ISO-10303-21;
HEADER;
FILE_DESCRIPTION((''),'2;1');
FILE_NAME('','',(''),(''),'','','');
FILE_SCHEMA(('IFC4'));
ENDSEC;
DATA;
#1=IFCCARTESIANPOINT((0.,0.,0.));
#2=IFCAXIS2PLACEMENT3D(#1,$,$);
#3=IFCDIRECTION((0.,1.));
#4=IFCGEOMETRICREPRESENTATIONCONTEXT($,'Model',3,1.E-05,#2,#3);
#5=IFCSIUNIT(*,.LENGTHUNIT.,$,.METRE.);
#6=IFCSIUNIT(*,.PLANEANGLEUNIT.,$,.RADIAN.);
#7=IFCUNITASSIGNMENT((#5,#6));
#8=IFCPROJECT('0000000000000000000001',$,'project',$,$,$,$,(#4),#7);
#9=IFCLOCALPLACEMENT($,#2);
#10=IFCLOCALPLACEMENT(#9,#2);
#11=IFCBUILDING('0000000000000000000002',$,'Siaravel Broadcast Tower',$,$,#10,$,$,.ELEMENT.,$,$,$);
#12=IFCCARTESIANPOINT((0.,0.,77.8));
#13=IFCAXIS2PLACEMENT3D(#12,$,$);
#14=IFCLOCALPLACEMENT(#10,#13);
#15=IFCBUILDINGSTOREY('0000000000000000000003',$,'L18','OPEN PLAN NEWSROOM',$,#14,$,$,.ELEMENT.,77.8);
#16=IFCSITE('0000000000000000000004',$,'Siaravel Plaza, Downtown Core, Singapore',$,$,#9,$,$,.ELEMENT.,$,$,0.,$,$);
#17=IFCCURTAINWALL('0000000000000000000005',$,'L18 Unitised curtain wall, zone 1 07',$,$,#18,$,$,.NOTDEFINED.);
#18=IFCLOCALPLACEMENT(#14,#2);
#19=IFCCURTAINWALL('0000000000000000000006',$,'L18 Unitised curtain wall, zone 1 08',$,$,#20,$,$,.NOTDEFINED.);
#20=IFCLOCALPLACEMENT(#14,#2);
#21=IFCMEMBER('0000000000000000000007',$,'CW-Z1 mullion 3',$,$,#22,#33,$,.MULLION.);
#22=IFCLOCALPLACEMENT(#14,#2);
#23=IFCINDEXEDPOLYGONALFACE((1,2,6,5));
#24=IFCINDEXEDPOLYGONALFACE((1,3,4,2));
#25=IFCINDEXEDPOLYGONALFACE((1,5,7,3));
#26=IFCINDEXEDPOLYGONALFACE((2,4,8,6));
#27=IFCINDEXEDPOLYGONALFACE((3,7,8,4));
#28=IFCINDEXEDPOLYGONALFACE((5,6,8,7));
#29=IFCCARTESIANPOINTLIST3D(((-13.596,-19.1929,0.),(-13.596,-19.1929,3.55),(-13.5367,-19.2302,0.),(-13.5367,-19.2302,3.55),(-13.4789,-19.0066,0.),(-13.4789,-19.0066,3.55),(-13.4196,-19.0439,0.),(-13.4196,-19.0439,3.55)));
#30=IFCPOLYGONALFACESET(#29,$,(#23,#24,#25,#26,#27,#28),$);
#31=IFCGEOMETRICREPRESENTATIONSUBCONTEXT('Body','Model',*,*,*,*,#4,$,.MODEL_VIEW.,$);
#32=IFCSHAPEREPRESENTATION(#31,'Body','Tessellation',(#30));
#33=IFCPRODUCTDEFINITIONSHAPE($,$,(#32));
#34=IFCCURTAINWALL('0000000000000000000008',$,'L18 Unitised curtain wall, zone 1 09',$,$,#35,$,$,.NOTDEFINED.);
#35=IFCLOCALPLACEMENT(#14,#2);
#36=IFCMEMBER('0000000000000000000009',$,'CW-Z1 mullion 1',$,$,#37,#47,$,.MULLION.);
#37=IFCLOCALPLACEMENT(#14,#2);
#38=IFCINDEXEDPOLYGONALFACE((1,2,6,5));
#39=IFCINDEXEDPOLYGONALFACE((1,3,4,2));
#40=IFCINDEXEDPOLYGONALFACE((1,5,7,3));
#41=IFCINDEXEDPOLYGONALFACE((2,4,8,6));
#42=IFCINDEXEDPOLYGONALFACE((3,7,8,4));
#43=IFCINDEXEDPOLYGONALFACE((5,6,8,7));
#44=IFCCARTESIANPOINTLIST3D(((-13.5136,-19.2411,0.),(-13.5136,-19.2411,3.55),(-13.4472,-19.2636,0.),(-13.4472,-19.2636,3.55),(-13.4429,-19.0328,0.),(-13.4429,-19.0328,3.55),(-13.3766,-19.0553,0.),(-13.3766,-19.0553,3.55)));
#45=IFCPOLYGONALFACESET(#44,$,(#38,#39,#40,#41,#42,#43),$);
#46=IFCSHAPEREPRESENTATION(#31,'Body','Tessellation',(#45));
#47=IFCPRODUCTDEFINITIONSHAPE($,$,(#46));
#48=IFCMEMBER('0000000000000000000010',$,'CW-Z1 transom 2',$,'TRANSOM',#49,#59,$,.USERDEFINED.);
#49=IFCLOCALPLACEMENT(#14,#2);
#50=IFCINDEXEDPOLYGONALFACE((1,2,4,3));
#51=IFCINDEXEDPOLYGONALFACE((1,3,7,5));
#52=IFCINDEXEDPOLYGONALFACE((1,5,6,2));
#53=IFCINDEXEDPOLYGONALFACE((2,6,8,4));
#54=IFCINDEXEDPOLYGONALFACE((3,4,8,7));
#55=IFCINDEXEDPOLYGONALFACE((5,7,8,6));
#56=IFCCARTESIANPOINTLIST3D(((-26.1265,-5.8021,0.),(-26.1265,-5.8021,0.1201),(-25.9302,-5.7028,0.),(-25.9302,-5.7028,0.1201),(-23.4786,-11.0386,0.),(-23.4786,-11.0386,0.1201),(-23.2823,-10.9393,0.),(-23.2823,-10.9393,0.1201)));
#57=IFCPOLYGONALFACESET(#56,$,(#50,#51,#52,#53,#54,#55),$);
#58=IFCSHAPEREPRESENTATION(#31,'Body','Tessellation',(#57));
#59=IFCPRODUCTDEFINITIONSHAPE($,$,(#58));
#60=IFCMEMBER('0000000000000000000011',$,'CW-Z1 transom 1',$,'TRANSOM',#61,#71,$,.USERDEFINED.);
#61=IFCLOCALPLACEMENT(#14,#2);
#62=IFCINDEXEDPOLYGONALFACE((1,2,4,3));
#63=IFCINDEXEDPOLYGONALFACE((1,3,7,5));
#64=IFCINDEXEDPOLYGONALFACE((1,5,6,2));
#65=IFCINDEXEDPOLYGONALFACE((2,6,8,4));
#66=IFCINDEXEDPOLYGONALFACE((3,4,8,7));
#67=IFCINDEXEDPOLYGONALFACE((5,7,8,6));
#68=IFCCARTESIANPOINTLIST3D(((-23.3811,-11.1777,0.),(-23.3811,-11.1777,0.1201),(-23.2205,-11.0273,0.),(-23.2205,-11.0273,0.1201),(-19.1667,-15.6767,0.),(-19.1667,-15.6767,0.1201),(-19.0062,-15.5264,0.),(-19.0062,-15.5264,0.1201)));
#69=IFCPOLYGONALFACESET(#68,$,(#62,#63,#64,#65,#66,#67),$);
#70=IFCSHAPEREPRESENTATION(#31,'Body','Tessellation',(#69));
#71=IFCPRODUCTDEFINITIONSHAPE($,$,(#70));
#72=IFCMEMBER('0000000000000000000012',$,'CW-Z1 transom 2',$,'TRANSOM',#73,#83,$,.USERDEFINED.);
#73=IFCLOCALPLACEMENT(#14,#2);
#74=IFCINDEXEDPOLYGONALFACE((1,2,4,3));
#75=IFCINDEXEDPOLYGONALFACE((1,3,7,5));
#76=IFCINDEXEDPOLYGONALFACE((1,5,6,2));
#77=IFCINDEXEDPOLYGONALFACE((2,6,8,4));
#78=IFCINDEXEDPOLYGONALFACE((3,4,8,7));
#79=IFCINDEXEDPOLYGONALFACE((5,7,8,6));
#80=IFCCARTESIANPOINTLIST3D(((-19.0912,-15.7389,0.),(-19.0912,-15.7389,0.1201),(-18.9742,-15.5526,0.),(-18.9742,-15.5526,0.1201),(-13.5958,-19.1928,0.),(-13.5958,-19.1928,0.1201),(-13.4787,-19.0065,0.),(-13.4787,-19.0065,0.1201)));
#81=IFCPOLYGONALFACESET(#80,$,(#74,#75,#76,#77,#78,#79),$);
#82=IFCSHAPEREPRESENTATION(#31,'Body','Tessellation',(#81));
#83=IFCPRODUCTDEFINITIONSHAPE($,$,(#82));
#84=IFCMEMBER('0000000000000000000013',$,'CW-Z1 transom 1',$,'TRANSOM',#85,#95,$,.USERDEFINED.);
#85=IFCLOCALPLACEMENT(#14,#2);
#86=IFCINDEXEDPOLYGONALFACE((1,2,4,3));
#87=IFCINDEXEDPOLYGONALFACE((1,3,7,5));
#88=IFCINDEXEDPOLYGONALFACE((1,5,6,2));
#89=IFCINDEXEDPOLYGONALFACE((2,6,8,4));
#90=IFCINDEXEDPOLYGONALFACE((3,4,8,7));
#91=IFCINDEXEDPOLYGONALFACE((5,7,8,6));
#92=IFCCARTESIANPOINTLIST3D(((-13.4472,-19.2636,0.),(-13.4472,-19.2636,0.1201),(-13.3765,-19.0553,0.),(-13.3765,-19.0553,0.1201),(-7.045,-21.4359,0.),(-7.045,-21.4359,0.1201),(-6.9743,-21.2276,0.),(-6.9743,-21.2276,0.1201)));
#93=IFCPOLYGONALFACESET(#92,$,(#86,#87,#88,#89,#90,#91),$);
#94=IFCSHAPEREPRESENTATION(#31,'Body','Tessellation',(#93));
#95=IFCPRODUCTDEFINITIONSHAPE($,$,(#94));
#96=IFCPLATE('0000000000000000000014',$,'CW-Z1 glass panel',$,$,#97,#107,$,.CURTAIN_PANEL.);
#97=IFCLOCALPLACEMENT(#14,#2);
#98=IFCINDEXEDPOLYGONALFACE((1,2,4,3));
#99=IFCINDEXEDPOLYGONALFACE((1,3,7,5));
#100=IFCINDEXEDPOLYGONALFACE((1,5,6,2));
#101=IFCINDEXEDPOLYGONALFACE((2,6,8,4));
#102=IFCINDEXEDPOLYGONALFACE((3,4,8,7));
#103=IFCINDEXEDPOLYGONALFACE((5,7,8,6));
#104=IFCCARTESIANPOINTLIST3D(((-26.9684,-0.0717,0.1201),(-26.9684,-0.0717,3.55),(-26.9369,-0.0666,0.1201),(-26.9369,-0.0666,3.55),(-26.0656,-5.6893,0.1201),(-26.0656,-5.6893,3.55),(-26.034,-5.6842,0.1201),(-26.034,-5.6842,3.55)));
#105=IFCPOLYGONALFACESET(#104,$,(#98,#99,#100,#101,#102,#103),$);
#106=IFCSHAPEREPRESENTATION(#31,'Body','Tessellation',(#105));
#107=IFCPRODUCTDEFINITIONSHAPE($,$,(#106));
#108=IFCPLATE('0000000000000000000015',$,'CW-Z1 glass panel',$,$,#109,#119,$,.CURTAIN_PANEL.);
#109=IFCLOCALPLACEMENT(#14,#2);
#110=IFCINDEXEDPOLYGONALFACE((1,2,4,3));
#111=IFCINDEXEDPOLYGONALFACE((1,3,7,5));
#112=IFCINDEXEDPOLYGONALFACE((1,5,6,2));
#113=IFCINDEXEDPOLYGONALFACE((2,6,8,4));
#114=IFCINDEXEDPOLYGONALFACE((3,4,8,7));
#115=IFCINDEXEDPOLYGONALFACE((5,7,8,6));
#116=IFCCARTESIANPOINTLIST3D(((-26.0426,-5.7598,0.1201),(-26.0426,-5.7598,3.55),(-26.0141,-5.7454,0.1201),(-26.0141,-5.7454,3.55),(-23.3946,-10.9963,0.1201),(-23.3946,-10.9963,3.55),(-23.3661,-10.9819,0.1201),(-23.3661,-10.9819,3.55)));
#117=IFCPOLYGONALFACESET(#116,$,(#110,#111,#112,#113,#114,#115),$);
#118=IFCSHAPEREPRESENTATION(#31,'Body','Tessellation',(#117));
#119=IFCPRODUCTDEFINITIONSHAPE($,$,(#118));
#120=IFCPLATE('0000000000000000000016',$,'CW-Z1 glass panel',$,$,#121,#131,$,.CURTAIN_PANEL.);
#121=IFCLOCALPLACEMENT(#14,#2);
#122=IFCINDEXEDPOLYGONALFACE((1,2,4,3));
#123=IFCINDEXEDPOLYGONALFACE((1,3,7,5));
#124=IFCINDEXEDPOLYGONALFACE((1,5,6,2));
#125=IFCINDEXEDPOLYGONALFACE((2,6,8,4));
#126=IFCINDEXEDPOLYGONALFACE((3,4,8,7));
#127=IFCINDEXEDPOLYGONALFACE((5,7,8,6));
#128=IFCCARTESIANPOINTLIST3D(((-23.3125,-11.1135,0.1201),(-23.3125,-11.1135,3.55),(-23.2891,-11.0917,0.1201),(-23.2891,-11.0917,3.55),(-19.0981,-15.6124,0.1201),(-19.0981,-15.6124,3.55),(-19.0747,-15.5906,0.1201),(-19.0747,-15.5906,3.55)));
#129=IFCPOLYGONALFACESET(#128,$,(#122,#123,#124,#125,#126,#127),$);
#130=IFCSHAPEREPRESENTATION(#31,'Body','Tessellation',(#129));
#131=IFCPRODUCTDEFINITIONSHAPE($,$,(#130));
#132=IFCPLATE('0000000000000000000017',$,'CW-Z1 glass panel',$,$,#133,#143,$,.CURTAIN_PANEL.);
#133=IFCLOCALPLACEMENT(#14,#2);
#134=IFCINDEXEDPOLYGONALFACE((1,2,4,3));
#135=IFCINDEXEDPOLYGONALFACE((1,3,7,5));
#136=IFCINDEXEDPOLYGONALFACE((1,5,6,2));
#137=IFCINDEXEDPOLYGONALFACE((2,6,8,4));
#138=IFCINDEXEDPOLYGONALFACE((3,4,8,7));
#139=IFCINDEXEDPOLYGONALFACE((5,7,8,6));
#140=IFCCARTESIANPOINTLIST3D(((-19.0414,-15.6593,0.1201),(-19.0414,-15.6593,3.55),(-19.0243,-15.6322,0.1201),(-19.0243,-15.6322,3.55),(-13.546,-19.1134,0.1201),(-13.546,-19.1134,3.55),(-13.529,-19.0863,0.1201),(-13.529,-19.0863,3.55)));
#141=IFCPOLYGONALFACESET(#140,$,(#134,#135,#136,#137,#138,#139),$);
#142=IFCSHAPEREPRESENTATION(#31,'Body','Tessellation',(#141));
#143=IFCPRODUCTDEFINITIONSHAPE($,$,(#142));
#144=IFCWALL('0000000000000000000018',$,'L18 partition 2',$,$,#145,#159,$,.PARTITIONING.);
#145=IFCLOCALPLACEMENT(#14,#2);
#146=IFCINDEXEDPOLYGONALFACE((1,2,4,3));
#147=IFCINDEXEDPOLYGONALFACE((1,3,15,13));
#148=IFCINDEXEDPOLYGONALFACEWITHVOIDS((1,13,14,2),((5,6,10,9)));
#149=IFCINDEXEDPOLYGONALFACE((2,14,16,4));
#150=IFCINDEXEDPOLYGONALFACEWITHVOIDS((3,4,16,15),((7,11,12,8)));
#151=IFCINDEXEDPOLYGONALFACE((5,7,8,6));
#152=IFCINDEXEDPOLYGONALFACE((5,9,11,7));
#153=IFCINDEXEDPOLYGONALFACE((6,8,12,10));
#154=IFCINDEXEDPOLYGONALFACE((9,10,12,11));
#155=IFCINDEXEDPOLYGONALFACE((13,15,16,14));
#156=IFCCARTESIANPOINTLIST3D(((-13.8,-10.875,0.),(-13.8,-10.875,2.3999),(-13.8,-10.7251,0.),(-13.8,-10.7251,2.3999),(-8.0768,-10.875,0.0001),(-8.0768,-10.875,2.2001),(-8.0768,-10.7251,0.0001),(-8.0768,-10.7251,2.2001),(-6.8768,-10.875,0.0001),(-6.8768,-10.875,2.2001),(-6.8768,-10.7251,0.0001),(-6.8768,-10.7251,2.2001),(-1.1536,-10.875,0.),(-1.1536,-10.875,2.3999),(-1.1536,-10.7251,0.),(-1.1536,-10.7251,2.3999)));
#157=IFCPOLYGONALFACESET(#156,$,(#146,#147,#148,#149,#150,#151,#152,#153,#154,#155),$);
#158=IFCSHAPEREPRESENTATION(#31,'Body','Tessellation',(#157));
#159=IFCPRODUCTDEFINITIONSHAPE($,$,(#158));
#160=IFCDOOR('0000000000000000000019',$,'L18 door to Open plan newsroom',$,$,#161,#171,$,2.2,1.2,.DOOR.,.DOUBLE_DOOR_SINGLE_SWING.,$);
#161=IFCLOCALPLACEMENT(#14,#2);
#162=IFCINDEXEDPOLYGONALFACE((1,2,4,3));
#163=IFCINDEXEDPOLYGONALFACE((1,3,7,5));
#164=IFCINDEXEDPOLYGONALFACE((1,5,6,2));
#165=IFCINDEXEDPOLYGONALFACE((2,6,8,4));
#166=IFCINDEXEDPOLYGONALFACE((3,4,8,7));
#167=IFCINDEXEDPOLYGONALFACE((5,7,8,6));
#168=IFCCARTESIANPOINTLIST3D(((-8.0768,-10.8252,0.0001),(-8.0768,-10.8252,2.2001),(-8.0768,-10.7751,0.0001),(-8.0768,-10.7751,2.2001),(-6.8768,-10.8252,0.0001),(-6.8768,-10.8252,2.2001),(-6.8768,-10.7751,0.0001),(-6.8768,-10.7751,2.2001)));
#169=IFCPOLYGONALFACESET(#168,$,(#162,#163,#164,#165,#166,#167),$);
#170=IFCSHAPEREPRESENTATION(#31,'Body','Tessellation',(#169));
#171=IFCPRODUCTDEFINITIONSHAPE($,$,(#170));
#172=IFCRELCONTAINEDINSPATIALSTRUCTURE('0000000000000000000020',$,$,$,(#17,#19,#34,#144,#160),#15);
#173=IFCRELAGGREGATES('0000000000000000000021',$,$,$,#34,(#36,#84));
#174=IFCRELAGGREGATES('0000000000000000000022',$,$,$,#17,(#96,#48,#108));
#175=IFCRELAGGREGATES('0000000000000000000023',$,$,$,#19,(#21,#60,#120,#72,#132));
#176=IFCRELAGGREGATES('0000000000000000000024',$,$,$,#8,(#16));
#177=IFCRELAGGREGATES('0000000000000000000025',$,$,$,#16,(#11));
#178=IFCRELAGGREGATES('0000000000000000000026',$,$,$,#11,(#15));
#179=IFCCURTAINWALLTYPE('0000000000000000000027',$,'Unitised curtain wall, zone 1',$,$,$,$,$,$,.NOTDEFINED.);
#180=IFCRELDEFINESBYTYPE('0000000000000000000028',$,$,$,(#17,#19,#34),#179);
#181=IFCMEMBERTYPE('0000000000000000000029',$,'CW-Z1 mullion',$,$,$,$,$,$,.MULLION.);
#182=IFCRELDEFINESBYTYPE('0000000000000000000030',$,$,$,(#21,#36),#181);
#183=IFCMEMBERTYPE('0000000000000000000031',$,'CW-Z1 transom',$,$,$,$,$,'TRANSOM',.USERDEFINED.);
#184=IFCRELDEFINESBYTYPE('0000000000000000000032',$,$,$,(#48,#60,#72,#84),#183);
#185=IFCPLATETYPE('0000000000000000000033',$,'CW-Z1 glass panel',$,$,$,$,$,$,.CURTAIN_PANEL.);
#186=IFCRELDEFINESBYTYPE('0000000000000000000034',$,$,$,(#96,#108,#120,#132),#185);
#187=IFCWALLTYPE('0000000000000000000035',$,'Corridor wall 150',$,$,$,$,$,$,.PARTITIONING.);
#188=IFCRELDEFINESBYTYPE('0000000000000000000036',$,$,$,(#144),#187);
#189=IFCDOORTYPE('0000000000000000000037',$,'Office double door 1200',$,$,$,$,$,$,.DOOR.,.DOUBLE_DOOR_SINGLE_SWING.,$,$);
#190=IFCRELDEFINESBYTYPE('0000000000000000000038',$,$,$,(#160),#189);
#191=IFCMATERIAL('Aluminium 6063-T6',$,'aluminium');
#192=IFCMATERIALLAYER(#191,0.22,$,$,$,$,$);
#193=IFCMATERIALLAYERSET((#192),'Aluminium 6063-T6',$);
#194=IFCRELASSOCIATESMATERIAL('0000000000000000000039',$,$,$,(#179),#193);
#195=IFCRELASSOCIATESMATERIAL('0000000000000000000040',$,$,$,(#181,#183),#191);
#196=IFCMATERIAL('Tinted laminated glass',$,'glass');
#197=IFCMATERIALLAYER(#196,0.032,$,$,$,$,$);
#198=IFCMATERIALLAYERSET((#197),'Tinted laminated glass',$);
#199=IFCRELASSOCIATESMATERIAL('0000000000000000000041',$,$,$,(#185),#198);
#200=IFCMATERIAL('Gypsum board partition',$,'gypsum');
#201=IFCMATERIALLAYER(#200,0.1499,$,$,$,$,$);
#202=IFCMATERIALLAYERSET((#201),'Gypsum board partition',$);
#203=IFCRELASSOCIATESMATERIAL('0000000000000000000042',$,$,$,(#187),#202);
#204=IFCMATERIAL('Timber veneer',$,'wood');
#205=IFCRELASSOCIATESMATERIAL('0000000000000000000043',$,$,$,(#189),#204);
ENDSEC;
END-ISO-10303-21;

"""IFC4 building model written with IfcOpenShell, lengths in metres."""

from ifc_helpers import new_model, si_unit, direction, frame, frame_2d, origin, origin_2d, place, context, subcontext, project, spatial, rectangle, extrude, material, layer, layer_set, material_profile, profile_set, type_object, element, fill, aggregate, save


model = new_model("IFC4")

# Units and contexts
model_context = context("Model", 3, precision=1e-05, world=origin(), true_north=direction((0.0, 1.0)))
body_context = subcontext(model_context, "Body", "Model", "MODEL_VIEW")
ifc_project = project(units=[si_unit("LENGTHUNIT", "METRE"), si_unit("PLANEANGLEUNIT", "RADIAN")], contexts=[model_context])

# Site, building, storey
site_placement = place(None, origin())
site = spatial("IfcSite", under=ifc_project, at=site_placement, Name="Siaravel Plaza, Downtown Core, Singapore", CompositionType="ELEMENT", RefElevation=0.0)
building_placement = place(site_placement, origin())
building = spatial("IfcBuilding", under=site, at=building_placement, Name="Siaravel Broadcast Tower", CompositionType="ELEMENT")
storey_placement = place(building_placement, frame((0.0, 0.0, 77.8)))
storey = spatial("IfcBuildingStorey", under=building, at=storey_placement, Name="L18", Description="OPEN PLAN NEWSROOM", CompositionType="ELEMENT", Elevation=77.8)

# Curtain walls, member
ifc_material_1 = material(Name="Aluminium 6063-T6", Category="aluminium")
ifc_layer_1 = layer(ifc_material_1, 0.22)
ifc_layer_set_1 = layer_set([ifc_layer_1], Name="Aluminium 6063-T6")
curtain_wall_type = type_object("IfcCurtainWallType", Name="Unitised curtain wall, zone 1", PredefinedType="NOTDEFINED", material=ifc_layer_set_1)
curtain_wall_1_placement = place(storey_placement, origin())
curtain_wall_1 = element("IfcCurtainWall", 1, at=curtain_wall_1_placement, inside=storey, type_object=curtain_wall_type, Name="L18 Unitised curtain wall, zone 1 07", PredefinedType="NOTDEFINED")
ifc_material_profile_1 = material_profile(ifc_material_1, rectangle(XDim=0.22, YDim=0.0701, at=origin_2d()))
ifc_profile_set_1 = profile_set([ifc_material_profile_1], Name="Aluminium 6063-T6")
member_type_1 = type_object("IfcMemberType", Name="CW-Z1 mullion", PredefinedType="MULLION", material=ifc_profile_set_1)
curtain_wall_2_placement = place(storey_placement, origin())
curtain_wall_2 = element("IfcCurtainWall", 2, at=curtain_wall_2_placement, inside=storey, type_object=curtain_wall_type, Name="L18 Unitised curtain wall, zone 1 08", PredefinedType="NOTDEFINED")
member_1_placement = place(storey_placement, frame((-13.5078, -19.1184, 0.0), z_axis=(0.0, 0.0, 1.0), x_axis=(0.53215, 0.84665, 0.0)))
member_1 = element("IfcMember", 3, at=member_1_placement, type_object=member_type_1, Name="CW-Z1 mullion 3", PredefinedType="MULLION", context=body_context, shape_type="SweptSolid", body=[
    extrude(rectangle(XDim=0.22, YDim=0.0701, at=origin_2d()), origin(), (0.0, 0.0, 1.0), 3.55),
])

# Curtain wall, member
curtain_wall_3_placement = place(storey_placement, origin())
curtain_wall_3 = element("IfcCurtainWall", 4, at=curtain_wall_3_placement, inside=storey, type_object=curtain_wall_type, Name="L18 Unitised curtain wall, zone 1 09", PredefinedType="NOTDEFINED")
member_2_placement = place(storey_placement, frame((-13.4451, -19.1482, 0.0), z_axis=(0.0, 0.0, 1.0), x_axis=(0.321301, 0.946977, 0.0)))
member_2 = element("IfcMember", 5, at=member_2_placement, type_object=member_type_1, Name="CW-Z1 mullion 1", PredefinedType="MULLION", context=body_context, shape_type="SweptSolid", body=[
    extrude(rectangle(XDim=0.22, YDim=0.0701, at=origin_2d()), origin(), (0.0, 0.0, 1.0), 3.55),
])

# Members
ifc_material_profile_2 = material_profile(ifc_material_1, rectangle(XDim=0.22, YDim=0.1201, at=origin_2d()))
ifc_profile_set_2 = profile_set([ifc_material_profile_2], Name="Aluminium 6063-T6")
member_type_2 = type_object("IfcMemberType", Name="CW-Z1 transom", ElementType="TRANSOM", PredefinedType="USERDEFINED", material=ifc_profile_set_2)
member_3_placement = place(storey_placement, frame((-26.0283, -5.7524, 0.0601), z_axis=(0.451253, -0.892396, 0.0), x_axis=(0.892396, 0.451253, 0.0)))
member_3 = element("IfcMember", 6, at=member_3_placement, type_object=member_type_2, Name="CW-Z1 transom 2", ObjectType="TRANSOM", PredefinedType="USERDEFINED", context=body_context, shape_type="SweptSolid", body=[
    extrude(rectangle(XDim=0.22, YDim=0.1201, at=origin_2d()), origin(), (0.0, 0.0, 1.0), 5.8679),
])
member_4_placement = place(storey_placement, frame((-23.3008, -11.1025, 0.0601), z_axis=(0.683641, -0.729819, 0.0), x_axis=(0.729819, 0.683641, 0.0)))
member_4 = element("IfcMember", 7, at=member_4_placement, type_object=member_type_2, Name="CW-Z1 transom 1", ObjectType="TRANSOM", PredefinedType="USERDEFINED", context=body_context, shape_type="SweptSolid", body=[
    extrude(rectangle(XDim=0.22, YDim=0.1201, at=origin_2d()), origin(), (0.0, 0.0, 1.0), 6.1646),
])
member_5_placement = place(storey_placement, frame((-19.0327, -15.6458, 0.0601), z_axis=(0.846662, -0.532131, 0.0), x_axis=(0.532131, 0.846662, 0.0)))
member_5 = element("IfcMember", 8, at=member_5_placement, type_object=member_type_2, Name="CW-Z1 transom 2", ObjectType="TRANSOM", PredefinedType="USERDEFINED", context=body_context, shape_type="SweptSolid", body=[
    extrude(rectangle(XDim=0.22, YDim=0.1201, at=origin_2d()), origin(), (0.0, 0.0, 1.0), 6.4907),
])
member_6_placement = place(storey_placement, frame((-13.4119, -19.1594, 0.0601), z_axis=(0.946972, -0.321315, 0.0), x_axis=(0.321315, 0.946972, 0.0)))
member_6 = element("IfcMember", 9, at=member_6_placement, type_object=member_type_2, Name="CW-Z1 transom 1", ObjectType="TRANSOM", PredefinedType="USERDEFINED", context=body_context, shape_type="SweptSolid", body=[
    extrude(rectangle(XDim=0.22, YDim=0.1201, at=origin_2d()), origin(), (0.0, 0.0, 1.0), 6.7607),
])
aggregate(curtain_wall_3, [member_2, member_6])

# Plates
ifc_material_2 = material(Name="Tinted laminated glass", Category="glass")
ifc_layer_2 = layer(ifc_material_2, 0.032)
ifc_layer_set_2 = layer_set([ifc_layer_2], Name="Tinted laminated glass")
plate_type = type_object("IfcPlateType", Name="CW-Z1 glass panel", PredefinedType="CURTAIN_PANEL", material=ifc_layer_set_2)
plate_1_placement = place(storey_placement, frame((-26.5012, -2.8779, 0.1201), z_axis=(0.0, 0.0, 1.0), x_axis=(0.158685, -0.987329, 0.0)))
plate_1 = element("IfcPlate", 10, at=plate_1_placement, type_object=plate_type, Name="CW-Z1 glass panel", PredefinedType="CURTAIN_PANEL", context=body_context, shape_type="SweptSolid", body=[
    extrude(rectangle(XDim=5.6897, YDim=0.032, at=origin_2d()), origin(), (0.0, 0.0, 1.0), 3.4299),
])
plate_2_placement = place(storey_placement, frame((-24.7043, -8.3708, 0.1201), z_axis=(0.0, 0.0, 1.0), x_axis=(0.451261, -0.892392, 0.0)))
plate_2 = element("IfcPlate", 11, at=plate_2_placement, type_object=plate_type, Name="CW-Z1 glass panel", PredefinedType="CURTAIN_PANEL", context=body_context, shape_type="SweptSolid", body=[
    extrude(rectangle(XDim=5.8679, YDim=0.032, at=origin_2d()), origin(), (0.0, 0.0, 1.0), 3.4299),
])
aggregate(curtain_wall_1, [plate_1, member_3, plate_2])
plate_3_placement = place(storey_placement, frame((-21.1936, -13.3521, 0.1201), z_axis=(0.0, 0.0, 1.0), x_axis=(0.683655, -0.729806, 0.0)))
plate_3 = element("IfcPlate", 12, at=plate_3_placement, type_object=plate_type, Name="CW-Z1 glass panel", PredefinedType="CURTAIN_PANEL", context=body_context, shape_type="SweptSolid", body=[
    extrude(rectangle(XDim=6.1646, YDim=0.032, at=origin_2d()), origin(), (0.0, 0.0, 1.0), 3.4299),
])
plate_4_placement = place(storey_placement, frame((-16.2852, -17.3728, 0.1201), z_axis=(0.0, 0.0, 1.0), x_axis=(0.84665, -0.53215, 0.0)))
plate_4 = element("IfcPlate", 13, at=plate_4_placement, type_object=plate_type, Name="CW-Z1 glass panel", PredefinedType="CURTAIN_PANEL", context=body_context, shape_type="SweptSolid", body=[
    extrude(rectangle(XDim=6.4907, YDim=0.032, at=origin_2d()), origin(), (0.0, 0.0, 1.0), 3.4299),
])
aggregate(curtain_wall_2, [member_1, member_4, plate_3, member_5, plate_4])

# Wall, opening, door
ifc_material_3 = material(Name="Gypsum board partition", Category="gypsum")
ifc_layer_3 = layer(ifc_material_3, 0.1499)
ifc_layer_set_3 = layer_set([ifc_layer_3], Name="Gypsum board partition")
wall_type_1 = type_object("IfcWallType", Name="Corridor wall 150", PredefinedType="PARTITIONING", material=ifc_layer_set_3)
wall_1_placement = place(storey_placement, frame((-13.8, -10.8, 0.0), z_axis=(0.0, 0.0, 1.0), x_axis=(1.0, 0.0, 0.0)))
wall_1 = element("IfcWall", 14, at=wall_1_placement, inside=storey, type_object=wall_type_1, Name="L18 partition 2", PredefinedType="PARTITIONING", context=body_context, shape_type="SweptSolid", body=[
    extrude(rectangle(XDim=12.6465, YDim=0.1499, at=frame_2d((6.3232, 0.0))), origin(), (0.0, 0.0, 1.0), 2.3999),
])
opening_1_placement = place(wall_1_placement, frame((5.7231, 0.0, 0.0)))
opening_1 = element("IfcOpeningElement", 15, at=opening_1_placement, cuts=wall_1, PredefinedType="OPENING", context=body_context, shape_type="SweptSolid", body=[
    extrude(rectangle(XDim=1.2, YDim=2.2, at=frame_2d((0.6001, 1.1001))), frame((0.0, 0.085, 0.0), z_axis=(0.0, -1.0, 0.0), x_axis=(1.0, 0.0, 0.0)), (0.0, 0.0, 1.0), 0.1699),
])
ifc_material_4 = material(Name="Timber veneer", Category="wood")
door_type_1 = type_object("IfcDoorType", Name="Office double door 1200", OperationType="DOUBLE_DOOR_SINGLE_SWING", PredefinedType="DOOR", material=ifc_material_4)
door_1_placement = place(opening_1_placement, origin())
door_1 = element("IfcDoor", 16, at=door_1_placement, inside=storey, type_object=door_type_1, Name="L18 door to Open plan newsroom", OperationType="DOUBLE_DOOR_SINGLE_SWING", OverallHeight=2.2, OverallWidth=1.2, PredefinedType="DOOR", context=body_context, shape_type="SweptSolid", body=[
    extrude(rectangle(XDim=1.2, YDim=2.2, at=frame_2d((0.6001, 1.1001))), frame((0.0, 0.0249, 0.0), z_axis=(0.0, -1.0, 0.0), x_axis=(1.0, 0.0, 0.0)), (0.0, 0.0, 1.0), 0.05),
])
fill(opening_1, door_1)

save(model, "model.ifc")
